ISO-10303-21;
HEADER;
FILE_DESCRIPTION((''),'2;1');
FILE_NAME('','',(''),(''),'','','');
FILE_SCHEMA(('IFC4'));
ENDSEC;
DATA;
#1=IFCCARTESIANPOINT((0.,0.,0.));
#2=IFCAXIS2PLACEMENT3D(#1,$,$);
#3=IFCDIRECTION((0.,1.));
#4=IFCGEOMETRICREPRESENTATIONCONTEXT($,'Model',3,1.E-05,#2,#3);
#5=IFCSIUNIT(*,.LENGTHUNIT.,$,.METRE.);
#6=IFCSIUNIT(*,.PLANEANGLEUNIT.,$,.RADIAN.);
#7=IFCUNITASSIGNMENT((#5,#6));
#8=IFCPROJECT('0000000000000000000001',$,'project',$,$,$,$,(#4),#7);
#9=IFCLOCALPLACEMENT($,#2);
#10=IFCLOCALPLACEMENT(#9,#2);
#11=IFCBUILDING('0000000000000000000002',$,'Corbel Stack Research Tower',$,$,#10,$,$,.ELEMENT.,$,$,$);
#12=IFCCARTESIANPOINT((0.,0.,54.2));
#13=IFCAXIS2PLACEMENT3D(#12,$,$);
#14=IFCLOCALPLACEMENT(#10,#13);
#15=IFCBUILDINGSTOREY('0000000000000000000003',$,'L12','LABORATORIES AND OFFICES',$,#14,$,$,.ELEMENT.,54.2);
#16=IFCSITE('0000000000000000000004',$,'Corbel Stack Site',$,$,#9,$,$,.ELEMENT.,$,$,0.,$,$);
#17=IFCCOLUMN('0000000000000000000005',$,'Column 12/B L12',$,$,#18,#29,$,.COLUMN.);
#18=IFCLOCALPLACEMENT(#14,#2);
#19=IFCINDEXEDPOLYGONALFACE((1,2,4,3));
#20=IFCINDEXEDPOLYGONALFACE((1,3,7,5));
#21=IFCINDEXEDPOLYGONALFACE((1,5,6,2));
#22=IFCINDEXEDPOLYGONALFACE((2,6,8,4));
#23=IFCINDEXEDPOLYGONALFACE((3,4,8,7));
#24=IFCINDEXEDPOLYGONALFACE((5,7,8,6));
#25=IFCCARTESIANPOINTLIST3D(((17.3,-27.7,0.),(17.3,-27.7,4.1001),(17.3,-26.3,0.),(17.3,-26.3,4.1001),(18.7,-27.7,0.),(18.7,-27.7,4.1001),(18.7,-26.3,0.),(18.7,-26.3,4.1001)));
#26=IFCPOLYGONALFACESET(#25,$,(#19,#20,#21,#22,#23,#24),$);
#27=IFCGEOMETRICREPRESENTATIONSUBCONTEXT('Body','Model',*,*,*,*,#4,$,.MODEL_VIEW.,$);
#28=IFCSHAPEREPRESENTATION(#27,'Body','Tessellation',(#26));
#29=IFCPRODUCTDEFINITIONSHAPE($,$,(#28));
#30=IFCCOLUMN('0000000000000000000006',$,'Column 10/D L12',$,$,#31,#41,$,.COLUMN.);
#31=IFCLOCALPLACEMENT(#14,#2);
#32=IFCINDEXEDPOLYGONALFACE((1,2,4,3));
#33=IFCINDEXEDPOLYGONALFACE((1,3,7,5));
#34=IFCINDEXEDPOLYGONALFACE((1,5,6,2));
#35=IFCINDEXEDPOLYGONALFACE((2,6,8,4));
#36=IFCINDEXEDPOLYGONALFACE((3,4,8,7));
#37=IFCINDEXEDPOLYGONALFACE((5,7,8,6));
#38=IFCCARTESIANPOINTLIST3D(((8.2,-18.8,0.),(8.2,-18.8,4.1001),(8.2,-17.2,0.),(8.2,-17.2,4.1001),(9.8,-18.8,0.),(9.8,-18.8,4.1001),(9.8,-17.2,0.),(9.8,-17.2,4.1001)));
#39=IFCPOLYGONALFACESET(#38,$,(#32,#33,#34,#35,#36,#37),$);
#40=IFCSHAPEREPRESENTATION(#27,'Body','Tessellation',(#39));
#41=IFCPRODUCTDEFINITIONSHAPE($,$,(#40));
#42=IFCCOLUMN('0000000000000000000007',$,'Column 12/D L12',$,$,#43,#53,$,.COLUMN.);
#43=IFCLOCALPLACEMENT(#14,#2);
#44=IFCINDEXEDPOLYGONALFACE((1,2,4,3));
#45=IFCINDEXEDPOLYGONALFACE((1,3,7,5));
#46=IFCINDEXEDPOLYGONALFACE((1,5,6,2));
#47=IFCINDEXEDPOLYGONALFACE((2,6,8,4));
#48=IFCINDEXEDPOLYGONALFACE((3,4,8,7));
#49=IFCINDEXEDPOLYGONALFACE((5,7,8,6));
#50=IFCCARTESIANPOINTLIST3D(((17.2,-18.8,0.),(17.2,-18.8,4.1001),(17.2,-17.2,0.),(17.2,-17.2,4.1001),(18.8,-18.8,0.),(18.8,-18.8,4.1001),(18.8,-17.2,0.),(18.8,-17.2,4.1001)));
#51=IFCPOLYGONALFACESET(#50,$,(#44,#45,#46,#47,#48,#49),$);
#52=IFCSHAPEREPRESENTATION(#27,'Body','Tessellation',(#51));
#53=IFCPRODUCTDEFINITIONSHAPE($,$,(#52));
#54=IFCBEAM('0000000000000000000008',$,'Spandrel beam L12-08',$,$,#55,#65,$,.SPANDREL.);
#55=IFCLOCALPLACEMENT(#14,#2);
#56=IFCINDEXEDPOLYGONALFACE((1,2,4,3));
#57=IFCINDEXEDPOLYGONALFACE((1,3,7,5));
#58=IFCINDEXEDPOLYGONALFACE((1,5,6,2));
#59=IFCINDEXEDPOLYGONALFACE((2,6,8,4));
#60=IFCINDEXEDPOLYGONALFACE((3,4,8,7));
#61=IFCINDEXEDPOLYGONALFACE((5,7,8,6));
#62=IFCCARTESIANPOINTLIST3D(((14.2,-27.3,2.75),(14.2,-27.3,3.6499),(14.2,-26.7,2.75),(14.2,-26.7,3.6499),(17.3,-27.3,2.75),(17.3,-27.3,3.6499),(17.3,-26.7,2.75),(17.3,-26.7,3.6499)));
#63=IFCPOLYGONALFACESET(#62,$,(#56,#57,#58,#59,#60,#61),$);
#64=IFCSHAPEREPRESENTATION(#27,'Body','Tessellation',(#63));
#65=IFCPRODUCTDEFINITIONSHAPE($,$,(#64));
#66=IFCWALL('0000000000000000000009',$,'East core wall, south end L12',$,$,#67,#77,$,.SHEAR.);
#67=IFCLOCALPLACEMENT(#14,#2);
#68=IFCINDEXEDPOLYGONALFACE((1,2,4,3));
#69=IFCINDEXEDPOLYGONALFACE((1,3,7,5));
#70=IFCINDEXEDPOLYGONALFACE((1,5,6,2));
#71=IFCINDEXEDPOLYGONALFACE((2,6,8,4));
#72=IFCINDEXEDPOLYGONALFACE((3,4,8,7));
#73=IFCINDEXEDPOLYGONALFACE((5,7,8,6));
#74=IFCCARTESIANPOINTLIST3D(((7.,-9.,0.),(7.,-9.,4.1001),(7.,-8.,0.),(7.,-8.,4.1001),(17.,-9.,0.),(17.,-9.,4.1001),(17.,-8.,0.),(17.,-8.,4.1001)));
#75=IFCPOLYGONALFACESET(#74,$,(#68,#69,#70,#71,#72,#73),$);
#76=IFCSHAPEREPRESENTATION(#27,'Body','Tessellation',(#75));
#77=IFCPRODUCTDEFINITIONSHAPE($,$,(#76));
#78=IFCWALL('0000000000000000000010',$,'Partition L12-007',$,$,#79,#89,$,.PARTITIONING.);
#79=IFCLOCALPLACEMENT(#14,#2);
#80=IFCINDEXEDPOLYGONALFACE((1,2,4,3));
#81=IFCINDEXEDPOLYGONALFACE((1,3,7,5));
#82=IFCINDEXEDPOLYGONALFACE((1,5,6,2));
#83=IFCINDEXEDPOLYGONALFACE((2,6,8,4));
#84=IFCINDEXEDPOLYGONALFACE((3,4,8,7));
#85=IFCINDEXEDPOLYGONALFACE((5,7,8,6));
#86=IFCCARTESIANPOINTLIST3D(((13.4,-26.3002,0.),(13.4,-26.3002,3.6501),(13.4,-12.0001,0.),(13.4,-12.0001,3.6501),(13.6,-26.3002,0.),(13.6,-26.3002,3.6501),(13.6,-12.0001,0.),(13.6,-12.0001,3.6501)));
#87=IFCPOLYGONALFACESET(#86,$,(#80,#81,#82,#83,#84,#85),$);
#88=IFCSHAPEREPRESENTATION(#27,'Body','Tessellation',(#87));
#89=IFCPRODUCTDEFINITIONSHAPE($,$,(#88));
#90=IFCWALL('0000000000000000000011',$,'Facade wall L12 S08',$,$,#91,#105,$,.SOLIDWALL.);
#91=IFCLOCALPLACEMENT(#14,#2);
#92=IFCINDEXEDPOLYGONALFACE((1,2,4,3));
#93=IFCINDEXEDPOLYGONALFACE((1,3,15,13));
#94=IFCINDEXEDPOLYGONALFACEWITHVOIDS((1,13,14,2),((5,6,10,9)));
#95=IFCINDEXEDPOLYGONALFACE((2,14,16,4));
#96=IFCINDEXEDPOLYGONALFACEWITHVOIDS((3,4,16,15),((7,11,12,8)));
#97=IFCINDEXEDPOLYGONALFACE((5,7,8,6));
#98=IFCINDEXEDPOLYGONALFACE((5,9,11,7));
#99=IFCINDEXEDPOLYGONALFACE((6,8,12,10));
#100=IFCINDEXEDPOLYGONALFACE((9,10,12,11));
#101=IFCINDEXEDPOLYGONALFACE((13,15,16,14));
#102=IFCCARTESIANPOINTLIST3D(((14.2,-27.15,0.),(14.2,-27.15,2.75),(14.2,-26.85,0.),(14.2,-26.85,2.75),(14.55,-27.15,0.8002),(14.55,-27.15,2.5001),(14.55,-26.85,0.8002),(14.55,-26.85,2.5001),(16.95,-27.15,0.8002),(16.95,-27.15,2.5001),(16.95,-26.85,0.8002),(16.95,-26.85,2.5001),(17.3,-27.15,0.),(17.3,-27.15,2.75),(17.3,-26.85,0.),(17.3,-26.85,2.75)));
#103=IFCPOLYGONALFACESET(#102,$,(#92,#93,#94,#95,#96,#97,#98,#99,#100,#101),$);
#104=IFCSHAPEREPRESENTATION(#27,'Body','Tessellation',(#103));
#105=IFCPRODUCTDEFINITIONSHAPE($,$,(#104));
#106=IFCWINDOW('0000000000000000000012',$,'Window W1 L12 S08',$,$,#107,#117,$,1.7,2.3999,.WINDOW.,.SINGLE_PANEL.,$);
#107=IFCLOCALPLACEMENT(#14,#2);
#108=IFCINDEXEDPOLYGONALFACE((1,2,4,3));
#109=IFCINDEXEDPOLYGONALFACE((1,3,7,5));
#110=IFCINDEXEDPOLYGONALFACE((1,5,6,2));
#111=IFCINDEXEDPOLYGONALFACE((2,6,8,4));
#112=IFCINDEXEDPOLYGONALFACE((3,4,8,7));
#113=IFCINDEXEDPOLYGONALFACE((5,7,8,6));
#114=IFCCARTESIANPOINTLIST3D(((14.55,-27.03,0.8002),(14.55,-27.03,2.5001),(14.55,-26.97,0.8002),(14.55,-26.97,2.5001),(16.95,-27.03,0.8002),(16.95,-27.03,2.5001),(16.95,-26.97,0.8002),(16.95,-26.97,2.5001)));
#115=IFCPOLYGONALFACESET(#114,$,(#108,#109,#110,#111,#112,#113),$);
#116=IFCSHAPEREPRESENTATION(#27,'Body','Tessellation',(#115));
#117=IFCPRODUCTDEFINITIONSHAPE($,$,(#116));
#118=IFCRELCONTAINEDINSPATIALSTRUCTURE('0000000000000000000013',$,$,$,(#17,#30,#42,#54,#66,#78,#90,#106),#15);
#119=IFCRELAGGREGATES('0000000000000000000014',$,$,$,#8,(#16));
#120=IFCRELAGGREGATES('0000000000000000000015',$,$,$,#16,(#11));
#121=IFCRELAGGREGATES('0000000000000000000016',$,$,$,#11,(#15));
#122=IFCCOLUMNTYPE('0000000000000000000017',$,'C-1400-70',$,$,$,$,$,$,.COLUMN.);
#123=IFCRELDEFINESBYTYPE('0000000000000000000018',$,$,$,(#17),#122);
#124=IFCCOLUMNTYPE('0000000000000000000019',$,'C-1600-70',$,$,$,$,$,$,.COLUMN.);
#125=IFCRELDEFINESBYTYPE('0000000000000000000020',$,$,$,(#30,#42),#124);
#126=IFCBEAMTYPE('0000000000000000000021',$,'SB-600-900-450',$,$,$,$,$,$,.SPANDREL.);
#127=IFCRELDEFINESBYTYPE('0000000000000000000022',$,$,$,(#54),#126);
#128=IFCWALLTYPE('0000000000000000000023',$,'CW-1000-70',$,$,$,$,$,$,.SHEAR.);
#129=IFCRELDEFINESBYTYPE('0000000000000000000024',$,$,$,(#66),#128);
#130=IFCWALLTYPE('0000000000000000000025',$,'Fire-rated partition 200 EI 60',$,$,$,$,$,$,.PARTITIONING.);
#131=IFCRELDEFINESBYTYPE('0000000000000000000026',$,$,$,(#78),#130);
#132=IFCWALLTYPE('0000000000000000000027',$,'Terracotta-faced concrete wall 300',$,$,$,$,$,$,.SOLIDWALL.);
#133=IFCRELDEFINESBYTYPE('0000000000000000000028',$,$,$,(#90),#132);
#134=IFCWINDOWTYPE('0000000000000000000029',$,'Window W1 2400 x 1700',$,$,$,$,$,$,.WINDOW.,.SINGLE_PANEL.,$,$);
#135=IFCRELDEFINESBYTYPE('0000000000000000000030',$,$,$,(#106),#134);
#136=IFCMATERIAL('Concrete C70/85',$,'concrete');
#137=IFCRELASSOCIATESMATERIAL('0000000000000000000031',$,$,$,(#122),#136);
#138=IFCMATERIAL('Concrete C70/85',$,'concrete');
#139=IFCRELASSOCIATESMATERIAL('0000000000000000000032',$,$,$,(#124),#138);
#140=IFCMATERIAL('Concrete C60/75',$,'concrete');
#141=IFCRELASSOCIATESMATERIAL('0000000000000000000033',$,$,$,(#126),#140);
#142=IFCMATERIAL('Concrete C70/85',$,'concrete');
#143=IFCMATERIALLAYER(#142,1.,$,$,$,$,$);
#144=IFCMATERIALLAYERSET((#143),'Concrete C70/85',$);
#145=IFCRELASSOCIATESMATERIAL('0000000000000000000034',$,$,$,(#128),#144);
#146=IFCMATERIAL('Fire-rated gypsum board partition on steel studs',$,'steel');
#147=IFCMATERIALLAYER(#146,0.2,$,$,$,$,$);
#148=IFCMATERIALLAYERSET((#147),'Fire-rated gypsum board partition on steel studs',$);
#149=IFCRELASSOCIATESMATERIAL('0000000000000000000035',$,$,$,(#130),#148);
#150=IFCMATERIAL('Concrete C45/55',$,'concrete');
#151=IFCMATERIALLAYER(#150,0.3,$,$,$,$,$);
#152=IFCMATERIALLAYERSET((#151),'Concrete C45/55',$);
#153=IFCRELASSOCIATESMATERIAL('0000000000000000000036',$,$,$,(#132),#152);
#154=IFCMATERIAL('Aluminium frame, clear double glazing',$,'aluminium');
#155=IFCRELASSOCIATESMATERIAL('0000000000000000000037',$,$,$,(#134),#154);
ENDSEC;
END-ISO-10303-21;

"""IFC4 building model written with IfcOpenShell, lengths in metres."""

from ifc_helpers import new_model, si_unit, direction, frame, frame_2d, origin, origin_2d, place, context, subcontext, project, spatial, rectangle, extrude, material, layer, layer_set, material_profile, profile_set, type_object, element, fill, save


model = new_model("IFC4")

# Units and contexts
model_context = context("Model", 3, precision=1e-05, world=origin(), true_north=direction((0.0, 1.0)))
body_context = subcontext(model_context, "Body", "Model", "MODEL_VIEW")
ifc_project = project(units=[si_unit("LENGTHUNIT", "METRE"), si_unit("PLANEANGLEUNIT", "RADIAN")], contexts=[model_context])

# Site, building, storey
site_placement = place(None, origin())
site = spatial("IfcSite", under=ifc_project, at=site_placement, Name="Corbel Stack Site", CompositionType="ELEMENT", RefElevation=0.0)
building_placement = place(site_placement, origin())
building = spatial("IfcBuilding", under=site, at=building_placement, Name="Corbel Stack Research Tower", CompositionType="ELEMENT")
storey_placement = place(building_placement, frame((0.0, 0.0, 54.2)))
storey = spatial("IfcBuildingStorey", under=building, at=storey_placement, Name="L12", Description="LABORATORIES AND OFFICES", CompositionType="ELEMENT", Elevation=54.2)

# Columns
ifc_material_1 = material(Name="Concrete C70/85", Category="concrete")
ifc_material_profile_1 = material_profile(ifc_material_1, rectangle(XDim=1.3999, YDim=1.3999, at=origin_2d()), Name="RC 1400 x 1400")
ifc_profile_set_1 = profile_set([ifc_material_profile_1], Name="Concrete C70/85")
column_type_1 = type_object("IfcColumnType", Name="C-1400-70", PredefinedType="COLUMN", material=ifc_profile_set_1)
column_placement = place(storey_placement, frame((18.0, -27.0, 0.0), z_axis=(0.0, 0.0, 1.0), x_axis=(1.0, 0.0, 0.0)))
element("IfcColumn", 1, at=column_placement, inside=storey, type_object=column_type_1, Name="Column 12/B L12", PredefinedType="COLUMN", context=body_context, shape_type="SweptSolid", body=[
    extrude(rectangle(XDim=1.3999, YDim=1.3999, at=origin_2d()), origin(), (0.0, 0.0, 1.0), 4.1001),
])
ifc_material_2 = material(Name="Concrete C70/85", Category="concrete")
ifc_material_profile_2 = material_profile(ifc_material_2, rectangle(XDim=1.6001, YDim=1.6001, at=origin_2d()), Name="RC 1600 x 1600")
ifc_profile_set_2 = profile_set([ifc_material_profile_2], Name="Concrete C70/85")
column_type_2 = type_object("IfcColumnType", Name="C-1600-70", PredefinedType="COLUMN", material=ifc_profile_set_2)
for number, where, z_axis, x_axis, name in (
    (2, (9.0, -18.0, 0.0), (0.0, 0.0, 1.0), (1.0, 0.0, 0.0), "Column 10/D L12"),
    (3, (18.0, -18.0, 0.0), (0.0, 0.0, 1.0), (1.0, 0.0, 0.0), "Column 12/D L12"),
):
    element("IfcColumn", number, at=place(storey_placement, frame(where, z_axis=z_axis, x_axis=x_axis)), inside=storey, type_object=column_type_2, Name=name, PredefinedType="COLUMN", context=body_context, shape_type="SweptSolid", body=[
        extrude(rectangle(XDim=1.6001, YDim=1.6001, at=origin_2d()), origin(), (0.0, 0.0, 1.0), 4.1001),
    ])

# Beam
ifc_material_3 = material(Name="Concrete C60/75", Category="concrete")
ifc_material_profile_3 = material_profile(ifc_material_3, rectangle(XDim=0.6001, YDim=0.8999, at=origin_2d()), Name="RC 600 x 900")
ifc_profile_set_3 = profile_set([ifc_material_profile_3], Name="Concrete C60/75")
beam_type = type_object("IfcBeamType", Name="SB-600-900-450", PredefinedType="SPANDREL", material=ifc_profile_set_3)
beam_placement = place(storey_placement, frame((14.2, -27.0, 3.2), z_axis=(1.0, 0.0, 0.0), x_axis=(0.0, 1.0, 0.0)))
element("IfcBeam", 4, at=beam_placement, inside=storey, type_object=beam_type, Name="Spandrel beam L12-08", PredefinedType="SPANDREL", context=body_context, shape_type="SweptSolid", body=[
    extrude(rectangle(XDim=0.6001, YDim=0.8999, at=origin_2d()), origin(), (0.0, 0.0, 1.0), 3.1001),
])

# Shared definitions
ifc_material_4 = material(Name="Concrete C70/85", Category="concrete")
ifc_layer_1 = layer(ifc_material_4, 1.0)
ifc_layer_set_1 = layer_set([ifc_layer_1], Name="Concrete C70/85")
wall_type_1 = type_object("IfcWallType", Name="CW-1000-70", PredefinedType="SHEAR", material=ifc_layer_set_1)

# Walls
wall_1_placement = place(storey_placement, frame((7.0, -8.5, 0.0), z_axis=(0.0, 0.0, 1.0), x_axis=(1.0, 0.0, 0.0)))
element("IfcWall", 5, at=wall_1_placement, inside=storey, type_object=wall_type_1, Name="East core wall, south end L12", PredefinedType="SHEAR", context=body_context, shape_type="SweptSolid", body=[
    extrude(rectangle(XDim=10.0, YDim=1.0, at=frame_2d((5.0, 0.0))), origin(), (0.0, 0.0, 1.0), 4.1001),
])
ifc_material_5 = material(Name="Fire-rated gypsum board partition on steel studs", Category="steel")
ifc_layer_2 = layer(ifc_material_5, 0.2)
ifc_layer_set_2 = layer_set([ifc_layer_2], Name="Fire-rated gypsum board partition on steel studs")
wall_type_2 = type_object("IfcWallType", Name="Fire-rated partition 200 EI 60", PredefinedType="PARTITIONING", material=ifc_layer_set_2)
wall_2_placement = place(storey_placement, frame((13.5, -26.3, 0.0), z_axis=(0.0, 0.0, 1.0), x_axis=(0.0, 1.0, 0.0)))
element("IfcWall", 6, at=wall_2_placement, inside=storey, type_object=wall_type_2, Name="Partition L12-007", PredefinedType="PARTITIONING", context=body_context, shape_type="SweptSolid", body=[
    extrude(rectangle(XDim=14.3, YDim=0.2, at=frame_2d((7.1499, 0.0))), origin(), (0.0, 0.0, 1.0), 3.6501),
])

# Wall, opening, window
ifc_material_6 = material(Name="Concrete C45/55", Category="concrete")
ifc_layer_3 = layer(ifc_material_6, 0.3)
ifc_layer_set_3 = layer_set([ifc_layer_3], Name="Concrete C45/55")
wall_type_3 = type_object("IfcWallType", Name="Terracotta-faced concrete wall 300", PredefinedType="SOLIDWALL", material=ifc_layer_set_3)
wall_3_placement = place(storey_placement, frame((17.3, -27.0, 0.0), z_axis=(0.0, 0.0, 1.0), x_axis=(-1.0, 0.0, 0.0)))
wall_3 = element("IfcWall", 7, at=wall_3_placement, inside=storey, type_object=wall_type_3, Name="Facade wall L12 S08", PredefinedType="SOLIDWALL", context=body_context, shape_type="SweptSolid", body=[
    extrude(rectangle(XDim=3.1001, YDim=0.3, at=frame_2d((1.55, 0.0))), origin(), (0.0, 0.0, 1.0), 2.75),
])
opening_1_placement = place(wall_3_placement, frame((0.3501, 0.0, 0.8)))
opening_1 = element("IfcOpeningElement", 8, at=opening_1_placement, cuts=wall_3, PredefinedType="OPENING", context=body_context, shape_type="SweptSolid", body=[
    extrude(rectangle(XDim=2.3999, YDim=1.7, at=frame_2d((1.2, 0.8501))), frame((0.0, 0.1599, 0.0), z_axis=(0.0, -1.0, 0.0), x_axis=(1.0, 0.0, 0.0)), (0.0, 0.0, 1.0), 0.3201),
])
ifc_material_7 = material(Name="Aluminium frame, clear double glazing", Category="aluminium")
window_type = type_object("IfcWindowType", Name="Window W1 2400 x 1700", PartitioningType="SINGLE_PANEL", PredefinedType="WINDOW", material=ifc_material_7)
window_placement = place(opening_1_placement, origin())
window = element("IfcWindow", 9, at=window_placement, inside=storey, type_object=window_type, Name="Window W1 L12 S08", OverallHeight=1.7, OverallWidth=2.3999, PartitioningType="SINGLE_PANEL", PredefinedType="WINDOW", context=body_context, shape_type="SweptSolid", body=[
    extrude(rectangle(XDim=2.3999, YDim=1.7, at=frame_2d((1.2, 0.8501))), frame((0.0, 0.03, 0.0), z_axis=(0.0, -1.0, 0.0), x_axis=(1.0, 0.0, 0.0)), (0.0, 0.0, 1.0), 0.0601),
])
fill(opening_1, window)

save(model, "model.ifc")
